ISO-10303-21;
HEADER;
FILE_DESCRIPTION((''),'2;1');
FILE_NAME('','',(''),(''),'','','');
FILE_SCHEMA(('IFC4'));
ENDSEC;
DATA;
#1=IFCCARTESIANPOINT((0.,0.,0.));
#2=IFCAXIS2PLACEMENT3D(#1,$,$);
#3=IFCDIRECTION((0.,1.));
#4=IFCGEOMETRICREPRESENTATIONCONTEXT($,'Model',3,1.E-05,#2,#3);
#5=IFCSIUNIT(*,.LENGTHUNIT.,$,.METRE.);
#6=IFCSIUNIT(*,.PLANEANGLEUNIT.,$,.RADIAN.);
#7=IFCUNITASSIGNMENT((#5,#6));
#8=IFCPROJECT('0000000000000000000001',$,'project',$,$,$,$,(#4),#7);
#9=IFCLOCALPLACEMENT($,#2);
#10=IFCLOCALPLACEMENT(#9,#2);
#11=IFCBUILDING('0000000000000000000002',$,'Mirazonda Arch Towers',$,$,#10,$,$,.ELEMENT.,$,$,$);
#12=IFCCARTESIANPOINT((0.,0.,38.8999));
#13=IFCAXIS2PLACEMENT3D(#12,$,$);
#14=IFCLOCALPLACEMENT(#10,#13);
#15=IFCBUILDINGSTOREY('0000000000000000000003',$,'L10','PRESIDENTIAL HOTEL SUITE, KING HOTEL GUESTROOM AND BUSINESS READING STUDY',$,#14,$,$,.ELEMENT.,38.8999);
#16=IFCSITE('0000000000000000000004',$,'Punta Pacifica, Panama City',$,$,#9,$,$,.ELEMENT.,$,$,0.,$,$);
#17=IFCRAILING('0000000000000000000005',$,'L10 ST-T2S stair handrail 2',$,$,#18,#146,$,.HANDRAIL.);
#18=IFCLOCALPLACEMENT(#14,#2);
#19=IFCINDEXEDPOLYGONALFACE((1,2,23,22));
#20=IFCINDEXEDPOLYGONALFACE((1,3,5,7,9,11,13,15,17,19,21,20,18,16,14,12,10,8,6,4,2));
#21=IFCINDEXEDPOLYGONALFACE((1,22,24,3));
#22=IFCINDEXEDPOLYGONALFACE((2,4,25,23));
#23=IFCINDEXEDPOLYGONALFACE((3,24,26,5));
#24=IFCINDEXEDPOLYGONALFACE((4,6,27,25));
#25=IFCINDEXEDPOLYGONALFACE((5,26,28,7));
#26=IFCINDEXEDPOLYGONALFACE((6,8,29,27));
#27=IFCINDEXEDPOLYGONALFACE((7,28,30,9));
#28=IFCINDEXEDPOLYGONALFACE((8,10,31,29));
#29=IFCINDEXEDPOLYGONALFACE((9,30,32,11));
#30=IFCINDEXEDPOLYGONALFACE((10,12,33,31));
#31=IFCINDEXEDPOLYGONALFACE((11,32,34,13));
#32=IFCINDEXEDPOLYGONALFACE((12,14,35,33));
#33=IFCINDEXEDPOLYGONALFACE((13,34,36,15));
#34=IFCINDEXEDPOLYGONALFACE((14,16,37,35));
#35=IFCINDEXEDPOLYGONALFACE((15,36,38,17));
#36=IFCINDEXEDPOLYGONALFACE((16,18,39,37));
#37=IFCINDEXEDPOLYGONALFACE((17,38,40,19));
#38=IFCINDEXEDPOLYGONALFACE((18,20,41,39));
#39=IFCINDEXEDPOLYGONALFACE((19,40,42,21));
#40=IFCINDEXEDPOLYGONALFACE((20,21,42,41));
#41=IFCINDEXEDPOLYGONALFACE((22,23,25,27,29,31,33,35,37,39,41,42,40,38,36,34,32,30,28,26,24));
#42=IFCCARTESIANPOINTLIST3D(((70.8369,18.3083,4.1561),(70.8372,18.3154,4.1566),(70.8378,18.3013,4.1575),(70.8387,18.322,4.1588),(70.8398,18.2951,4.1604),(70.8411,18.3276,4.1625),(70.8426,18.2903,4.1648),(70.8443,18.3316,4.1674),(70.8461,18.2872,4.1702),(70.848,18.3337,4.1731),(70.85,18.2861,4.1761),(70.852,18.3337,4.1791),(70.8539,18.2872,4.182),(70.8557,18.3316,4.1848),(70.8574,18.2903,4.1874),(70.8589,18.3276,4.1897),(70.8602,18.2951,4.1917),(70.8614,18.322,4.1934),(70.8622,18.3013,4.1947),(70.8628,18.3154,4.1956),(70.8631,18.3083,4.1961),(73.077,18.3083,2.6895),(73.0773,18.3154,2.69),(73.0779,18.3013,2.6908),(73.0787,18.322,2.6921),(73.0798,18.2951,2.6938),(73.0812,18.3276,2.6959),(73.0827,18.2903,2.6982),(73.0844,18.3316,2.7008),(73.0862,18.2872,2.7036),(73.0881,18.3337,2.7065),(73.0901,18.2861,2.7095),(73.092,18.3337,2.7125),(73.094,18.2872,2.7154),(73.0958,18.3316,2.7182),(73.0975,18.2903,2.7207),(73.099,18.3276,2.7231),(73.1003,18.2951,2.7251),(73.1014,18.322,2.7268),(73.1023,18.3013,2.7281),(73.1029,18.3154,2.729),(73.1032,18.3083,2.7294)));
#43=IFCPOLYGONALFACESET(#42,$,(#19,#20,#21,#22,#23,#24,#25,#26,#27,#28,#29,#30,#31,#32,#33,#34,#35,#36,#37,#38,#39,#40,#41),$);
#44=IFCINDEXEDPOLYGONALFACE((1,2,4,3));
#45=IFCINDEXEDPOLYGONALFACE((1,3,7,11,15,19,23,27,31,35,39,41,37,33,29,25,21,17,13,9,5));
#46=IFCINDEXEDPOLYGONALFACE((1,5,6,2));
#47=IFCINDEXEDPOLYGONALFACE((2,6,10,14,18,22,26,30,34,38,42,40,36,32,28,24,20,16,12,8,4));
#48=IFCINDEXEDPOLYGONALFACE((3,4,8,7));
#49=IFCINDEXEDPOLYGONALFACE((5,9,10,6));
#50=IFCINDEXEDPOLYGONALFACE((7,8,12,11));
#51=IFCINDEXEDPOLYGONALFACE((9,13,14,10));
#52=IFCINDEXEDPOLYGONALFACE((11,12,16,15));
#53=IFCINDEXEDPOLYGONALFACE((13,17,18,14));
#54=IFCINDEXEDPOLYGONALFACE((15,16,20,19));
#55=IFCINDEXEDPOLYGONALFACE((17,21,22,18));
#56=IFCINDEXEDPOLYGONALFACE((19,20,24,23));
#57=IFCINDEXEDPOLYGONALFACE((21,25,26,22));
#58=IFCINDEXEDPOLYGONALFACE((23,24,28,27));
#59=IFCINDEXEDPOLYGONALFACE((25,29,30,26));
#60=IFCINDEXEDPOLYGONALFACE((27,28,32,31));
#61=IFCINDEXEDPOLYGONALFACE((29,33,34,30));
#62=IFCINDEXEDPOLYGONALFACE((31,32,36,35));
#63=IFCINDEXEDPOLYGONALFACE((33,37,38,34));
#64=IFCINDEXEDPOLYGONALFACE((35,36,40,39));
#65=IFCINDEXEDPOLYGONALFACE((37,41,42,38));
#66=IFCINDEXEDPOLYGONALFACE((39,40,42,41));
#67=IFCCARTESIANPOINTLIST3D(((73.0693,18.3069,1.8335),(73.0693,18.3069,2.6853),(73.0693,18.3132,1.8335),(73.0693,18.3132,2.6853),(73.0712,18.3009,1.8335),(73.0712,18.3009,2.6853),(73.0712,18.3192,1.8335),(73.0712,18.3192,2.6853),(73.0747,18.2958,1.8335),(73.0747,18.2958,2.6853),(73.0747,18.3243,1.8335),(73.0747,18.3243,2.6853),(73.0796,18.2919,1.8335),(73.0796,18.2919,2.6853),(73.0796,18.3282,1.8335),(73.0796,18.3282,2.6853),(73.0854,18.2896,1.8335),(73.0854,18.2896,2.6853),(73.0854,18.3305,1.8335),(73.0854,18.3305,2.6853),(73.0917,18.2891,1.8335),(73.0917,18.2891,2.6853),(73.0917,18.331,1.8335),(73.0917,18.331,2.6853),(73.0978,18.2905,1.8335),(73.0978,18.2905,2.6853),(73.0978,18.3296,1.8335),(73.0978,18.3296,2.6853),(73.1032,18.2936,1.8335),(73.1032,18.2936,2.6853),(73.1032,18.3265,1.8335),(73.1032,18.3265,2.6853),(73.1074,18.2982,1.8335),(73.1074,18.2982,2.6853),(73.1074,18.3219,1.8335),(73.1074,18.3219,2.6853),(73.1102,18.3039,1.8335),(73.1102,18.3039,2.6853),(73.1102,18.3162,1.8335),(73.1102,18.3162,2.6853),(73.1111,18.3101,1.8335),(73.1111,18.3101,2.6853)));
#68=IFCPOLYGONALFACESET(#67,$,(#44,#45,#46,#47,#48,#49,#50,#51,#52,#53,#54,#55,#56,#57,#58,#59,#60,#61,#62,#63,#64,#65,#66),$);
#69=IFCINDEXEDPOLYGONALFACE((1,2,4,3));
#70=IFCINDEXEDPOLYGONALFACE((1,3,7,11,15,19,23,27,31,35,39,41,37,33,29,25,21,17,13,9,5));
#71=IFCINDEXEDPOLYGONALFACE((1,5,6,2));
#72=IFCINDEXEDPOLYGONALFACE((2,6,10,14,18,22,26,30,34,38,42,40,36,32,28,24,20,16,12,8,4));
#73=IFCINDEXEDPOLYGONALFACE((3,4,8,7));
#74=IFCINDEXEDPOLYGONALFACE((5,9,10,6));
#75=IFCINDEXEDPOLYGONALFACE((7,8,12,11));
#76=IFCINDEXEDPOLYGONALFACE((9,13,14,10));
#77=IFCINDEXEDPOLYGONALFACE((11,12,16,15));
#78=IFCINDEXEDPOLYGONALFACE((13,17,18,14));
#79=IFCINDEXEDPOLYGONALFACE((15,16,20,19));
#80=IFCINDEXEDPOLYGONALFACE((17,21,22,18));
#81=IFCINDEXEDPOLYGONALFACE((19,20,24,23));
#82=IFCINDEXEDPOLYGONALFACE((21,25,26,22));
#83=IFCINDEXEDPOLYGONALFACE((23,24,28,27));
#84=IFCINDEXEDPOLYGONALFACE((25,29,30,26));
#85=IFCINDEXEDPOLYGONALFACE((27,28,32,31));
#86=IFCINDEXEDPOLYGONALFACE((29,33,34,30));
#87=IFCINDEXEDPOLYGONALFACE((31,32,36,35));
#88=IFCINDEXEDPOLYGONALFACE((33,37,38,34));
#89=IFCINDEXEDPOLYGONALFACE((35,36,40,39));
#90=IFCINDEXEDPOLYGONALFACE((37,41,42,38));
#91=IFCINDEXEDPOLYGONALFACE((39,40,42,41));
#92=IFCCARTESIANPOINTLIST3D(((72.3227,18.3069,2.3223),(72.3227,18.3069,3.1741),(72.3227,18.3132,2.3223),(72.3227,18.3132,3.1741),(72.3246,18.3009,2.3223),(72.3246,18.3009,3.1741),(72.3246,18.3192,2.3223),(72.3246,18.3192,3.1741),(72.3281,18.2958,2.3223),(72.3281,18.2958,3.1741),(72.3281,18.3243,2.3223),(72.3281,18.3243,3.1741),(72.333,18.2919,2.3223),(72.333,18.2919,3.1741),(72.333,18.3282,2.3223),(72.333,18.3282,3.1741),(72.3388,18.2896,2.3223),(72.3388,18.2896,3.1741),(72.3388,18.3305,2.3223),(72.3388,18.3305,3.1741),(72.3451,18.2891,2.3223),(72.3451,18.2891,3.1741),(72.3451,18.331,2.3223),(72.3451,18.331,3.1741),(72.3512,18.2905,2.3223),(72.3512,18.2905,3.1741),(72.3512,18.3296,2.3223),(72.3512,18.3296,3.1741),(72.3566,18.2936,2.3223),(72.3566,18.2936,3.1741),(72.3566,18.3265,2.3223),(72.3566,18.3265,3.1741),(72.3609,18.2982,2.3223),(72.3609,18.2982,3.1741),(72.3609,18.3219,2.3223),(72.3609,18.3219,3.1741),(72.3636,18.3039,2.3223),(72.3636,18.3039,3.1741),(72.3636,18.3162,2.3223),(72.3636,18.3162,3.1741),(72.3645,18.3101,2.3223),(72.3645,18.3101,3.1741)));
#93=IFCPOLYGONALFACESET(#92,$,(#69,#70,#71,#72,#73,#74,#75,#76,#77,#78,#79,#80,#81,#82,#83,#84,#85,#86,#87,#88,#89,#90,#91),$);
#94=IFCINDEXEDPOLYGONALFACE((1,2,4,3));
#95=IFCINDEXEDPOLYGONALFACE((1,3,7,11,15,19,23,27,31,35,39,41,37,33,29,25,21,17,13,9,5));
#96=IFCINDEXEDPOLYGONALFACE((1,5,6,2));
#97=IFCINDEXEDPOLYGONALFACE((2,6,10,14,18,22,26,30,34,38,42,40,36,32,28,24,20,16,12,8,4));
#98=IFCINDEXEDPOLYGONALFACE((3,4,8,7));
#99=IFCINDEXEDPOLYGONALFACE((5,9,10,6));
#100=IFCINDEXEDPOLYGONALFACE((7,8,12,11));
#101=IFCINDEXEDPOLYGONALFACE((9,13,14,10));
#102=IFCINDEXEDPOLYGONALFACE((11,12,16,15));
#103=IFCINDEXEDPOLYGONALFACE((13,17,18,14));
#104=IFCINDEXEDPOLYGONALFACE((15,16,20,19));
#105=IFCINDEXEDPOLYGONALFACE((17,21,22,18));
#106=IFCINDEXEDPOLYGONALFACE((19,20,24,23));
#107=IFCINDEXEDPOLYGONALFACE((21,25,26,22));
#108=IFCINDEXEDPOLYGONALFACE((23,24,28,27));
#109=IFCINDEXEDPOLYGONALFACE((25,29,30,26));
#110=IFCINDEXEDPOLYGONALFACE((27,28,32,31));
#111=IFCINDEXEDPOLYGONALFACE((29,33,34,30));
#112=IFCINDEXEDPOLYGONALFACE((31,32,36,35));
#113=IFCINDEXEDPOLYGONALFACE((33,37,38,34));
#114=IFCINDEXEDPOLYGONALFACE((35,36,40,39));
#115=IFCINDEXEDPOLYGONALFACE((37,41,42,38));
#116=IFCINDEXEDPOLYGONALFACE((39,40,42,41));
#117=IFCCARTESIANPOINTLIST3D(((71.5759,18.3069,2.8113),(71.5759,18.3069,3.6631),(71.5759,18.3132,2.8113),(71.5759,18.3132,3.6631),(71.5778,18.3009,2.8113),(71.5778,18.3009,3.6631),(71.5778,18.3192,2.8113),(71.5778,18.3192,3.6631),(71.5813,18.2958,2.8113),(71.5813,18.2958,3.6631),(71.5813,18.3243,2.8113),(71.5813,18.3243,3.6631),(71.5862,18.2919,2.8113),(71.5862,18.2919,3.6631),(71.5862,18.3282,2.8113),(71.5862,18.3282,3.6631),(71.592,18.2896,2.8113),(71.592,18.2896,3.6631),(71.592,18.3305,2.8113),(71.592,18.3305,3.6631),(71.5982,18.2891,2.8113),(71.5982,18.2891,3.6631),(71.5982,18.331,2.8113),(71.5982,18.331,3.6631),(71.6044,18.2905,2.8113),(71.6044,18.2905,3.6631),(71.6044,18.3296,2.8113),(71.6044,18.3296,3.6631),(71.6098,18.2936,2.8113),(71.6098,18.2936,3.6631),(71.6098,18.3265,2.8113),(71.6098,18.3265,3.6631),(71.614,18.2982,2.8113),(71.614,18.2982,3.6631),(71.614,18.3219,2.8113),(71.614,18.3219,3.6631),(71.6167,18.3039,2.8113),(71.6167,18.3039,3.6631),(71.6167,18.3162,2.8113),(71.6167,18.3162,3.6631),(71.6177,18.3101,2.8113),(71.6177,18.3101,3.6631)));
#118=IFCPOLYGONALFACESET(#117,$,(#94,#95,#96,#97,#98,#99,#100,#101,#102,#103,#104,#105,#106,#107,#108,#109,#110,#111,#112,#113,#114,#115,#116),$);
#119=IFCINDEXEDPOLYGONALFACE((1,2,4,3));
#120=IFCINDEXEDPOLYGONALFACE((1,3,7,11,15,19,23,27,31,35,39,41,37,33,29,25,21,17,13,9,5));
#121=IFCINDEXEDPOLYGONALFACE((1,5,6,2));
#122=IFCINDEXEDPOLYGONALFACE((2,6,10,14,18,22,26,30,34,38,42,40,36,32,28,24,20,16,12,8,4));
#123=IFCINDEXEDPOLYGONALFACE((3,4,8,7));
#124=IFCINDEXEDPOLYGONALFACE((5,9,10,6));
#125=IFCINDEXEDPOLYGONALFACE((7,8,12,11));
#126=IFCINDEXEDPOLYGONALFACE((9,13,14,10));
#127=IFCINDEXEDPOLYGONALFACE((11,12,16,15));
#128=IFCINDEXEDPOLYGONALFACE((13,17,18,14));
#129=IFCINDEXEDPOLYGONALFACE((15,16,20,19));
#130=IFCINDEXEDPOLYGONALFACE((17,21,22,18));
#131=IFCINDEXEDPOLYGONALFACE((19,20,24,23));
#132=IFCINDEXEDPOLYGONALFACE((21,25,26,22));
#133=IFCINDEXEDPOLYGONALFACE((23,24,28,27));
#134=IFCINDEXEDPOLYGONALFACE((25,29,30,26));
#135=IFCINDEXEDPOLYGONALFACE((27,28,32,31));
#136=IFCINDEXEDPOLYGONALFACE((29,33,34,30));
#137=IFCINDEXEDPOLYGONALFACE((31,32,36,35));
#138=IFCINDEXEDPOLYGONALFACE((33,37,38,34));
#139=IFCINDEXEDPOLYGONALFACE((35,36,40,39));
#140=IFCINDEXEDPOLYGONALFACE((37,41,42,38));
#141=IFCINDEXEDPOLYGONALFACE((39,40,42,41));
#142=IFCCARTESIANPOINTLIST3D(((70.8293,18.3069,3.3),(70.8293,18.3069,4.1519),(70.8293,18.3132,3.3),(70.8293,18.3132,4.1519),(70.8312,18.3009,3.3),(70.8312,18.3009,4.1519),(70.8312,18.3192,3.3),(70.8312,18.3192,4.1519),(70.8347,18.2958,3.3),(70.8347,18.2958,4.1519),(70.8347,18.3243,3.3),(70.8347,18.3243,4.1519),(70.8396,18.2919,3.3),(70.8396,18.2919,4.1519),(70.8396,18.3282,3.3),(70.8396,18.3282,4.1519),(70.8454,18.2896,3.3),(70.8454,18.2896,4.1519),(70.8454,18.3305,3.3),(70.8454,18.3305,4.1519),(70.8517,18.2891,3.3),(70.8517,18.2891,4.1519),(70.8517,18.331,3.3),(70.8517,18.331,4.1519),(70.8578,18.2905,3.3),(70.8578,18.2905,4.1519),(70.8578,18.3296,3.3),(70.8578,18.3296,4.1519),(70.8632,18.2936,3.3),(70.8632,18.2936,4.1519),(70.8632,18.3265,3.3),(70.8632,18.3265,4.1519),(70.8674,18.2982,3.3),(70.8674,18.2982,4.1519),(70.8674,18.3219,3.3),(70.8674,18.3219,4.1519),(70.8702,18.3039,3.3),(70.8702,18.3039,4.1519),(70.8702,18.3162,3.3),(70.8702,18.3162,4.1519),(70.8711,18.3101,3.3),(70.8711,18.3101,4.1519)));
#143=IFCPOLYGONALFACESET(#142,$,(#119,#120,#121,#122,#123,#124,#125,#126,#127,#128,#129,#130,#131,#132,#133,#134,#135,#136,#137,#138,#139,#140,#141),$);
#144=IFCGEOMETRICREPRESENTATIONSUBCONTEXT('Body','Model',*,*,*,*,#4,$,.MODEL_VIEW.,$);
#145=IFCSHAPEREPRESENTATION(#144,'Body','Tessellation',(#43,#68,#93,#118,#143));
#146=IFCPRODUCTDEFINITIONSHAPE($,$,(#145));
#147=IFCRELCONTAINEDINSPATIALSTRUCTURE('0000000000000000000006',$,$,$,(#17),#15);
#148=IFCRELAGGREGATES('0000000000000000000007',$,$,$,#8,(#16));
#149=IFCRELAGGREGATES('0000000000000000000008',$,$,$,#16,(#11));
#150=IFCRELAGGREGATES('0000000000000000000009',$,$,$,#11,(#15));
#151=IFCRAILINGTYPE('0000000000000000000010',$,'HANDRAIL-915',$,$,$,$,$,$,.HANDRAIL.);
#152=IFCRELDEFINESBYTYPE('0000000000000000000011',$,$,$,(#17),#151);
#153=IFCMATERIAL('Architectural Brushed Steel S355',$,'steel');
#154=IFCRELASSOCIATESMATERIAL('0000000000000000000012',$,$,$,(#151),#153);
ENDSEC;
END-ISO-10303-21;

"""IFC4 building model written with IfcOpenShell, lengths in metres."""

from ifc_helpers import new_model, si_unit, direction, frame, origin, origin_2d, place, context, subcontext, project, spatial, circle, extrude, material, type_object, element, save


model = new_model("IFC4")

# Units and contexts
model_context = context("Model", 3, precision=1e-05, world=origin(), true_north=direction((0.0, 1.0)))
body_context = subcontext(model_context, "Body", "Model", "MODEL_VIEW")
ifc_project = project(units=[si_unit("LENGTHUNIT", "METRE"), si_unit("PLANEANGLEUNIT", "RADIAN")], contexts=[model_context])

# Site, building, storey
site_placement = place(None, origin())
site = spatial("IfcSite", under=ifc_project, at=site_placement, Name="Punta Pacifica, Panama City", CompositionType="ELEMENT", RefElevation=0.0)
building_placement = place(site_placement, origin())
building = spatial("IfcBuilding", under=site, at=building_placement, Name="Mirazonda Arch Towers", CompositionType="ELEMENT")
storey_placement = place(building_placement, frame((0.0, 0.0, 38.8999)))
storey = spatial("IfcBuildingStorey", under=building, at=storey_placement, Name="L10", Description="PRESIDENTIAL HOTEL SUITE, KING HOTEL GUESTROOM AND BUSINESS READING STUDY", CompositionType="ELEMENT", Elevation=38.8999)

# Railing
ifc_material_1 = material(Name="Architectural Brushed Steel S355", Category="steel")
railing_type_1 = type_object("IfcRailingType", Name="HANDRAIL-915", PredefinedType="HANDRAIL", material=ifc_material_1)
railing_1_placement = place(storey_placement, frame((73.0901, 18.3101, 1.8335)))
element("IfcRailing", 1, at=railing_1_placement, inside=storey, type_object=railing_type_1, Name="L10 ST-T2S stair handrail 2", PredefinedType="HANDRAIL", context=body_context, shape_type="SweptSolid", body=[
    extrude(circle(Radius=0.0239, at=origin_2d()), frame((0.0, 0.0, 0.876), z_axis=(-0.836637, 0.0, 0.547758), x_axis=(0.0, -1.0, 0.0)), (0.0, 0.0, 1.0), 2.6775),
    extrude(circle(Radius=0.021, at=origin_2d()), origin(), (0.0, 0.0, 1.0), 0.8518),
    extrude(circle(Radius=0.021, at=origin_2d()), frame((-0.7466, 0.0, 0.4888)), (0.0, 0.0, 1.0), 0.8518),
    extrude(circle(Radius=0.021, at=origin_2d()), frame((-1.4934, 0.0, 0.9778)), (0.0, 0.0, 1.0), 0.8518),
    extrude(circle(Radius=0.021, at=origin_2d()), frame((-2.24, 0.0, 1.4666)), (0.0, 0.0, 1.0), 0.8518),
])

save(model, "model.ifc")
